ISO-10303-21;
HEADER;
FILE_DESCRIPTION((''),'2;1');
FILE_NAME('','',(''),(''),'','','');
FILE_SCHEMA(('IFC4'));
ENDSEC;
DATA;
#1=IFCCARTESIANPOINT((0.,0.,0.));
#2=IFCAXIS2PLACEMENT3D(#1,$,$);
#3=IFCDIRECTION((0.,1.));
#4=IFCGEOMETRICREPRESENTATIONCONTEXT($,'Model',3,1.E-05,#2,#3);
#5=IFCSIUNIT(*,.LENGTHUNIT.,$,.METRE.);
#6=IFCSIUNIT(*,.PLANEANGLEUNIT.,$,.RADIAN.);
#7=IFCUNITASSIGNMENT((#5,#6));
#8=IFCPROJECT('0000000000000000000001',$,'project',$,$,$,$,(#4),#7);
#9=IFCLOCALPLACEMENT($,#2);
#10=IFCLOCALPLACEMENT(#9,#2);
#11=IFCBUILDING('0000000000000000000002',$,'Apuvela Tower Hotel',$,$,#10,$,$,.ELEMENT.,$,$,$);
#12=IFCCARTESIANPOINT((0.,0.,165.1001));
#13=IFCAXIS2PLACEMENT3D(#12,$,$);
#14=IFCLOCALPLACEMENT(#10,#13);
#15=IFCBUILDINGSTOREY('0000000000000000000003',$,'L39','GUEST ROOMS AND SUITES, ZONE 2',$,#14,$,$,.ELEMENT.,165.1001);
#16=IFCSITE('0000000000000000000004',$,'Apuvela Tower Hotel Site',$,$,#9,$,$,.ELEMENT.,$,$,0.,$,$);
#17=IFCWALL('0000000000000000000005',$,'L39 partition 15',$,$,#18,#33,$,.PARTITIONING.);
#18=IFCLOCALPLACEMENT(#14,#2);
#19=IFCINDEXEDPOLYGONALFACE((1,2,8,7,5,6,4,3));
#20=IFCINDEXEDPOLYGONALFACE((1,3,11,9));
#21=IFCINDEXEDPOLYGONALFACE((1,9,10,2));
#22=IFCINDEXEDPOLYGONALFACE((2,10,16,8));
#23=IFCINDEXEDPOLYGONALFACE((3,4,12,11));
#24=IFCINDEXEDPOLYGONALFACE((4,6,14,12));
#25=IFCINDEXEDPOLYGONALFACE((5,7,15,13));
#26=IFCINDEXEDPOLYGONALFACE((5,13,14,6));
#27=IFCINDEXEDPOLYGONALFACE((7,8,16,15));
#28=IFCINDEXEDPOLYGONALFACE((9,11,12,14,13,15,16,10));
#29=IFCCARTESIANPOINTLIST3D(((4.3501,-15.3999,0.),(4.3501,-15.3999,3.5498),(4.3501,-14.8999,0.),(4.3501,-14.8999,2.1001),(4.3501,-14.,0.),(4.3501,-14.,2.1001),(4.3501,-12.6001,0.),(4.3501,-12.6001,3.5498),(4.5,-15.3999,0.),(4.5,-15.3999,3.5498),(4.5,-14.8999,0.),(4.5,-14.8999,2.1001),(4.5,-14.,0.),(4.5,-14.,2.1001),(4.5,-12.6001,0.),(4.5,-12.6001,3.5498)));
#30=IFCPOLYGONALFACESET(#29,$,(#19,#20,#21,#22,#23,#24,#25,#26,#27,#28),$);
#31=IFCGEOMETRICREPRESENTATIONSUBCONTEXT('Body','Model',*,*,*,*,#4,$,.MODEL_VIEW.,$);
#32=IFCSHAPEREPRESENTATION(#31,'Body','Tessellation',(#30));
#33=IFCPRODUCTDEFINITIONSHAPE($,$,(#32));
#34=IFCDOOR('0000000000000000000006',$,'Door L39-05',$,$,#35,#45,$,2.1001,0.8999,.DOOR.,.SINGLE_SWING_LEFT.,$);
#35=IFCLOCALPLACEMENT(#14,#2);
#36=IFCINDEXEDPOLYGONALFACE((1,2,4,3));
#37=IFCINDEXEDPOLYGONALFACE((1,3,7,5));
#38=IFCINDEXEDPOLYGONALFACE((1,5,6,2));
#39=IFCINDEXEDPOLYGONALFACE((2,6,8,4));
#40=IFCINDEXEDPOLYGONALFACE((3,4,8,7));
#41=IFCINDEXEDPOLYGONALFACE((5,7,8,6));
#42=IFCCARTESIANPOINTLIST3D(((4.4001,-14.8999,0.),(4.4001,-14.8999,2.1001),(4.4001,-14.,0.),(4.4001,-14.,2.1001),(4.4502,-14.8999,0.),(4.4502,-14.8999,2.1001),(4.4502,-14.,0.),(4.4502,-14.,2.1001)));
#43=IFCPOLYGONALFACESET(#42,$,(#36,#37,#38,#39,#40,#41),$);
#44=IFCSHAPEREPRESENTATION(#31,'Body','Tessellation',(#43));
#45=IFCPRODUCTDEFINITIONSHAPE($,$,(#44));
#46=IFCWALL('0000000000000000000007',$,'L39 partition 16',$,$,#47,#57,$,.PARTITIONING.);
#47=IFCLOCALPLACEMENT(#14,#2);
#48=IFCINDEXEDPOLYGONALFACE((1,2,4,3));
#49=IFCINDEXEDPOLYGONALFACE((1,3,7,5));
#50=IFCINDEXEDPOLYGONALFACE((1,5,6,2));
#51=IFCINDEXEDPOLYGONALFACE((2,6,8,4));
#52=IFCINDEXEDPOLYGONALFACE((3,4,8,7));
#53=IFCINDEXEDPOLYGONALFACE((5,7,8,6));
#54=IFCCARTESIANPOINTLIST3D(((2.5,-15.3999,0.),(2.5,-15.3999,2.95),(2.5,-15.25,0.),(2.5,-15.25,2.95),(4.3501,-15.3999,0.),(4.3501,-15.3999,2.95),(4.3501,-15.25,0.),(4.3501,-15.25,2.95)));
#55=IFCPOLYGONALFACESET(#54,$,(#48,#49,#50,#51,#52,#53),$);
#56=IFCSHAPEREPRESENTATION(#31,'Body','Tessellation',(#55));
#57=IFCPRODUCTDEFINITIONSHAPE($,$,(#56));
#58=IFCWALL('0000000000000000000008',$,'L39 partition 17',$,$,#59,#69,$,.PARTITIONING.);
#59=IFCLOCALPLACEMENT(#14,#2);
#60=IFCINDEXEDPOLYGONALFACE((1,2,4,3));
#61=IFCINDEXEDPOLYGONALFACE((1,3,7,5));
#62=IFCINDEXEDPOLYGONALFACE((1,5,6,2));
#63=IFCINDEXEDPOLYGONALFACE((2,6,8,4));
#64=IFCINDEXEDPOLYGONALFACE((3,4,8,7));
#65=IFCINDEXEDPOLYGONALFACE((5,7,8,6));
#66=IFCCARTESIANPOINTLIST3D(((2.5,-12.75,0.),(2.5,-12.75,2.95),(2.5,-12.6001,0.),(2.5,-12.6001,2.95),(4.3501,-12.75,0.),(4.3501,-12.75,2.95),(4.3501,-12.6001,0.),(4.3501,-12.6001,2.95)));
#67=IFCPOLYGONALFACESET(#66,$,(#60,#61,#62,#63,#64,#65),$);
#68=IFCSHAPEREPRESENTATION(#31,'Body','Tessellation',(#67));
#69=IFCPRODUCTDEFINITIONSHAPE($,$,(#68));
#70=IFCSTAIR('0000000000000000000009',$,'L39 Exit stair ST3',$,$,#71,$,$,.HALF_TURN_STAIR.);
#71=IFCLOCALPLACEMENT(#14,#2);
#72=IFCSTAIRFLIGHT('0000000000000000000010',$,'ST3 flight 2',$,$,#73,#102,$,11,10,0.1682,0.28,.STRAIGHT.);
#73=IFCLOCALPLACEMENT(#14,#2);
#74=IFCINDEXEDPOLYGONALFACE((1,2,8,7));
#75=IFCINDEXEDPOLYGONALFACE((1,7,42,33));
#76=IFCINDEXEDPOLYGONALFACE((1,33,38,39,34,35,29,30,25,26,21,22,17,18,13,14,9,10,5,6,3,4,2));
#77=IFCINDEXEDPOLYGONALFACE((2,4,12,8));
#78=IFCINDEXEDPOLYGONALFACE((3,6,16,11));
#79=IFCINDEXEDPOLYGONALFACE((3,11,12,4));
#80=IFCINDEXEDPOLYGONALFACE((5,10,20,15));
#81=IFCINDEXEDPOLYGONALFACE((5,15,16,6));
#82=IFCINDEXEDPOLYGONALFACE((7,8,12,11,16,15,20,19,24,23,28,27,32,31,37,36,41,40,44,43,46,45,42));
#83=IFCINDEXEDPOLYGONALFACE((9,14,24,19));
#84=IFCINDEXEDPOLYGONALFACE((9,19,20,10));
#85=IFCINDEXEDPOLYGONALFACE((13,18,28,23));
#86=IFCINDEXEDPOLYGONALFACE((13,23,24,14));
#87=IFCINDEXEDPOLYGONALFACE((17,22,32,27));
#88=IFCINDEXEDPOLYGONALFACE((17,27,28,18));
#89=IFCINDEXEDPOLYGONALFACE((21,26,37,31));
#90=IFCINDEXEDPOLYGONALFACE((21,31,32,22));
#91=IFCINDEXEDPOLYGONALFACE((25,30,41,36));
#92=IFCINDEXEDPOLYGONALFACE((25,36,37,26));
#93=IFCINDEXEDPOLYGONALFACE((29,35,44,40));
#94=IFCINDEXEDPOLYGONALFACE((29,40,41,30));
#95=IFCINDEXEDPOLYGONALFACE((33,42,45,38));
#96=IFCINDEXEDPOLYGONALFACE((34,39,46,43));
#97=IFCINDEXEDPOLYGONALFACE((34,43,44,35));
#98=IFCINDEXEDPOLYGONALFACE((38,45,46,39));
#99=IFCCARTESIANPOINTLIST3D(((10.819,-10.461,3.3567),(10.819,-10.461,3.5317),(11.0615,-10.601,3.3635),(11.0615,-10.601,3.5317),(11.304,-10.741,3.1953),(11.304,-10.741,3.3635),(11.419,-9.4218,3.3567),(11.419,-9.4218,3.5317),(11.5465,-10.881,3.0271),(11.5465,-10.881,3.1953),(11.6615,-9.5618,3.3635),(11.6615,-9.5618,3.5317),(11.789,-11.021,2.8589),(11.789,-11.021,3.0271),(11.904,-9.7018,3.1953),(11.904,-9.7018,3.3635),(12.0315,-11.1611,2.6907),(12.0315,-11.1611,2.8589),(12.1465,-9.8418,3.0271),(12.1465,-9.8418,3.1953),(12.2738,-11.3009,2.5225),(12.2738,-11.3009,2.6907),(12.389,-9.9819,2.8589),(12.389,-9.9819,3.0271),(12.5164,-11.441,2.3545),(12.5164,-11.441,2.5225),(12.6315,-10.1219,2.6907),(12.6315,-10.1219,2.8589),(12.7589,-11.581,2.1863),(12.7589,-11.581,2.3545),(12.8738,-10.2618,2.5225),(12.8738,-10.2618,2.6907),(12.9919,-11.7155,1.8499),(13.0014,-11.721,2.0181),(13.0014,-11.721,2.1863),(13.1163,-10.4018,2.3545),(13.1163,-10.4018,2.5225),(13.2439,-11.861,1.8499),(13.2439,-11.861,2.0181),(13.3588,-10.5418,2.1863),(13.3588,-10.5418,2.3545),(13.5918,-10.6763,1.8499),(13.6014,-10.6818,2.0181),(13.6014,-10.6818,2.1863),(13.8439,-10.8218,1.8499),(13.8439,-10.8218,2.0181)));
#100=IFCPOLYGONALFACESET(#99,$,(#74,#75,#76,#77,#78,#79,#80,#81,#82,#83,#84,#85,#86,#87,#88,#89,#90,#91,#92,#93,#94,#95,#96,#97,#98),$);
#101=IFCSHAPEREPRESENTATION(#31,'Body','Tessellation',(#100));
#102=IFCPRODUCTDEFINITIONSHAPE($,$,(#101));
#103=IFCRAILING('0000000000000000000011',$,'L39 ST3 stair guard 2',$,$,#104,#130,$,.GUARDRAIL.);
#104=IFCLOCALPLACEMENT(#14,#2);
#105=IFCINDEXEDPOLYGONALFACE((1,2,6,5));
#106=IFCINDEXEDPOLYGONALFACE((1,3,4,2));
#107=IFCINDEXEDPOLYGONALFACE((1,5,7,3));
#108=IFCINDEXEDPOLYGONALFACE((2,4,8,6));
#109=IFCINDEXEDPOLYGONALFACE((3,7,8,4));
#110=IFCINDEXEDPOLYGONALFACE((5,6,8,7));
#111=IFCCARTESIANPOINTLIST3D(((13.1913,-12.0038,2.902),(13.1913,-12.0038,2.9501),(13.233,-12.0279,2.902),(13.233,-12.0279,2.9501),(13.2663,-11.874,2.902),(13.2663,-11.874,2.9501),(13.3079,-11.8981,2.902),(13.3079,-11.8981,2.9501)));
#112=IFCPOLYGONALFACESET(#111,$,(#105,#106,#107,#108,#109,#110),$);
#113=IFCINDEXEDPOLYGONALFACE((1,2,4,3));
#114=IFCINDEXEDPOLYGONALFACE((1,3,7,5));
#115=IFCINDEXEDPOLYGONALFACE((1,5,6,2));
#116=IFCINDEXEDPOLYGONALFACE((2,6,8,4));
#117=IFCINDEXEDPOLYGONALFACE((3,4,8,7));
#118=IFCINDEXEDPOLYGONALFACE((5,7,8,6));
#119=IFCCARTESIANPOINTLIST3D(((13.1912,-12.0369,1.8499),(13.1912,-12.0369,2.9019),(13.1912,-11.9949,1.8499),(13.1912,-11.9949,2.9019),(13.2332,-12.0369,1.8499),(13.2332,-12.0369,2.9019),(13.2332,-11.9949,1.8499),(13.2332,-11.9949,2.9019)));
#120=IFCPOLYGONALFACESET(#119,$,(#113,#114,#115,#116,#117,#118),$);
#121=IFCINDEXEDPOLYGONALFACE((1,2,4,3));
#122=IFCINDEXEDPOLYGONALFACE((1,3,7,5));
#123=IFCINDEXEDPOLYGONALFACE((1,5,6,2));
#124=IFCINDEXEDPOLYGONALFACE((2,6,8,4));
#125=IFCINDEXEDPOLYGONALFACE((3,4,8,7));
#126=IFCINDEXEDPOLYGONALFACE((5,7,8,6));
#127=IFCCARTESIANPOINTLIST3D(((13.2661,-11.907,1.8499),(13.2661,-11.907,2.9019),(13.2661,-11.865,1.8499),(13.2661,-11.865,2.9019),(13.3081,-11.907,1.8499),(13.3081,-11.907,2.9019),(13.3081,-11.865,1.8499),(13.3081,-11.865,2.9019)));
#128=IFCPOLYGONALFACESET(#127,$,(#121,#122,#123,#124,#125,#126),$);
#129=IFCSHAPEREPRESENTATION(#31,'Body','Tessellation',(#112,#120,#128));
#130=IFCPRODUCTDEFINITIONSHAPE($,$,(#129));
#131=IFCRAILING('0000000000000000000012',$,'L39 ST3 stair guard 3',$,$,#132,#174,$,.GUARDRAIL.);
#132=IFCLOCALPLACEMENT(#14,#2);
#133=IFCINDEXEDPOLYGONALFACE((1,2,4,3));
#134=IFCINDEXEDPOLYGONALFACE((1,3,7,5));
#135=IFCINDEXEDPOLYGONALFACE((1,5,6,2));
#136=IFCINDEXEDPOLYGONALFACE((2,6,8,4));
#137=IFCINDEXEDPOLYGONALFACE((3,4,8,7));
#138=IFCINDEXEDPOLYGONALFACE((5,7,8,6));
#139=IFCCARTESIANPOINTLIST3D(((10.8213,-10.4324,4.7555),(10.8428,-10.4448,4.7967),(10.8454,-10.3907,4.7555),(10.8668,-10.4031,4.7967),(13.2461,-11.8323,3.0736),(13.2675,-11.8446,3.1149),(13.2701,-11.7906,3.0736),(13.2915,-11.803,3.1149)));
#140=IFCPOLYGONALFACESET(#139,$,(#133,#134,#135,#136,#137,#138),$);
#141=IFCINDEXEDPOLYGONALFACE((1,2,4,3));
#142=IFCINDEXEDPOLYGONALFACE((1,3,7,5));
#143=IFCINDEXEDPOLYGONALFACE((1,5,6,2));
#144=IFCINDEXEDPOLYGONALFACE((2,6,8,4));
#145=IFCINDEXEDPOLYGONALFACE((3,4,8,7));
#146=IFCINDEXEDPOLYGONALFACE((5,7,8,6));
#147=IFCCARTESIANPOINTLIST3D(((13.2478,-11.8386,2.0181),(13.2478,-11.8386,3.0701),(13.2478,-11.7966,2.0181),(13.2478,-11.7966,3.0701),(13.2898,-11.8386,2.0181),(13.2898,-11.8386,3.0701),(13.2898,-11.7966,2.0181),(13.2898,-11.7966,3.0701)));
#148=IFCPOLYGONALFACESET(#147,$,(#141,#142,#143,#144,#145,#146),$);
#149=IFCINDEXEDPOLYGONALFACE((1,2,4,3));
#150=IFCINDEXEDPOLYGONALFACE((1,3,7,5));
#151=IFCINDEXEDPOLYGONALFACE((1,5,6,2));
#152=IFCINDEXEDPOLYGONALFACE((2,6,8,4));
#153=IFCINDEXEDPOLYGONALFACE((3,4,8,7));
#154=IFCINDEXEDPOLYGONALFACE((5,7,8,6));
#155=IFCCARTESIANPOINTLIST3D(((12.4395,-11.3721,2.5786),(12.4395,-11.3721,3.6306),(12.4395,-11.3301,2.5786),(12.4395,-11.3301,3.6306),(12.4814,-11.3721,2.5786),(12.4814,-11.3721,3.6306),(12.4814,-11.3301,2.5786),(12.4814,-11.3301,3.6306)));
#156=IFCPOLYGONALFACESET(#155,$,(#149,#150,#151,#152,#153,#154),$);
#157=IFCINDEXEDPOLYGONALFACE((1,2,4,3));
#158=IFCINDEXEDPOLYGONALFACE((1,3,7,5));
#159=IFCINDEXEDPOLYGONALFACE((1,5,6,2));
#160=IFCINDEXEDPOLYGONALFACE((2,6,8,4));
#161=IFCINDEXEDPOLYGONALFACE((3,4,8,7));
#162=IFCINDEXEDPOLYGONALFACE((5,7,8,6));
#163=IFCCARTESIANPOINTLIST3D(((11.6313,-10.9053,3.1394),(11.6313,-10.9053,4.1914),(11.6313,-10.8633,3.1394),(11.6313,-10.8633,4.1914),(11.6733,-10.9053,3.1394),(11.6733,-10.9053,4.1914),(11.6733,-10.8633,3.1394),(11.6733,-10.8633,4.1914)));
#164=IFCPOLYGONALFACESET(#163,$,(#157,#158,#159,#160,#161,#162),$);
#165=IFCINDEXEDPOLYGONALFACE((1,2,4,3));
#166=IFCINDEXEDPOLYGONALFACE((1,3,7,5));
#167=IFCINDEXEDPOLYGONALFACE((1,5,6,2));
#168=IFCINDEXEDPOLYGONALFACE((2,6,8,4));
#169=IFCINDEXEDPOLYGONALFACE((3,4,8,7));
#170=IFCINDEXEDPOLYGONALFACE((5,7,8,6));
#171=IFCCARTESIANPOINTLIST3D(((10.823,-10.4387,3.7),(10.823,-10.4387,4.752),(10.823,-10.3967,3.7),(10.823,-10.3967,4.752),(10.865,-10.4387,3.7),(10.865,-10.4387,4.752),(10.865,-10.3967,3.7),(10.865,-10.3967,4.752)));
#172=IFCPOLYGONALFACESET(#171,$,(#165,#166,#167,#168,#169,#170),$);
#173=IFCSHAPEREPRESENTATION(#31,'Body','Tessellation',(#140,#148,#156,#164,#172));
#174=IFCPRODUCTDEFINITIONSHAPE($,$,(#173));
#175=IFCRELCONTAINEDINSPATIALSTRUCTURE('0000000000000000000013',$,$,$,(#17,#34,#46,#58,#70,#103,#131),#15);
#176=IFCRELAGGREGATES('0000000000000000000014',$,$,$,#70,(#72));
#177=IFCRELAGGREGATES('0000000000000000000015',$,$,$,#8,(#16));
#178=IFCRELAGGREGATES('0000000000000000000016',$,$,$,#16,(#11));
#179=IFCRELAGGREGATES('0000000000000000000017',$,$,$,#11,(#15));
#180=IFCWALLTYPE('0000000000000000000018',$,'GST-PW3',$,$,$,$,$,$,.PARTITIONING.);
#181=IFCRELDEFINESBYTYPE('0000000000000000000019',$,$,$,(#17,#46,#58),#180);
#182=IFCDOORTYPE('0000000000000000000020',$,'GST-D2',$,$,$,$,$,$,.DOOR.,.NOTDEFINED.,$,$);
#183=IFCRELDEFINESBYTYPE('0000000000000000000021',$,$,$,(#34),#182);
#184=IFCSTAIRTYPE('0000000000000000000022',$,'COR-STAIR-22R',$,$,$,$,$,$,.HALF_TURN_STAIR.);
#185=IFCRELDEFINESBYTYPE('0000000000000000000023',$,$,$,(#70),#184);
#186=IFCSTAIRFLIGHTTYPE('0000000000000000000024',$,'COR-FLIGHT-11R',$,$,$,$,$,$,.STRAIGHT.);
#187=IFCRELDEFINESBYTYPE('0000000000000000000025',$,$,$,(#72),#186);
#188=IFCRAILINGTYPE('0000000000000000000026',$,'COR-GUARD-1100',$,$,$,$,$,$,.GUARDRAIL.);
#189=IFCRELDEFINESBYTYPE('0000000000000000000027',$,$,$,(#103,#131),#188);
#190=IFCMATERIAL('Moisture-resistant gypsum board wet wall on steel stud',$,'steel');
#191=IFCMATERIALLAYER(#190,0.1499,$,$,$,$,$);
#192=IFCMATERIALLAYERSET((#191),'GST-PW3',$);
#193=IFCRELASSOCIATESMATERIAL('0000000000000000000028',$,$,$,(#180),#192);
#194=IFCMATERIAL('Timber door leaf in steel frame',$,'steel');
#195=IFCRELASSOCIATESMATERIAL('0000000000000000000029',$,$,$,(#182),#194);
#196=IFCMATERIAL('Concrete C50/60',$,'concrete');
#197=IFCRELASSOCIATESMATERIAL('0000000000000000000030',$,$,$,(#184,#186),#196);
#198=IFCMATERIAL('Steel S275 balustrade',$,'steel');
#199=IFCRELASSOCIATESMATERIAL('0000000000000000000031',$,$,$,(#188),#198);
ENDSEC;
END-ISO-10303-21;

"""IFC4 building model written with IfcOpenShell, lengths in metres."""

from ifc_helpers import new_model, si_unit, direction, frame, frame_2d, origin, origin_2d, place, context, subcontext, project, spatial, polyline, rectangle, outline, extrude, material, layer, layer_set, type_object, element, fill, aggregate, save


model = new_model("IFC4")

# Units and contexts
model_context = context("Model", 3, precision=1e-05, world=origin(), true_north=direction((0.0, 1.0)))
body_context = subcontext(model_context, "Body", "Model", "MODEL_VIEW")
ifc_project = project(units=[si_unit("LENGTHUNIT", "METRE"), si_unit("PLANEANGLEUNIT", "RADIAN")], contexts=[model_context])

# Site, building, storey
site_placement = place(None, origin())
site = spatial("IfcSite", under=ifc_project, at=site_placement, Name="Apuvela Tower Hotel Site", CompositionType="ELEMENT", RefElevation=0.0)
building_placement = place(site_placement, origin())
building = spatial("IfcBuilding", under=site, at=building_placement, Name="Apuvela Tower Hotel", CompositionType="ELEMENT")
storey_placement = place(building_placement, frame((0.0, 0.0, 165.1001)))
storey = spatial("IfcBuildingStorey", under=building, at=storey_placement, Name="L39", Description="GUEST ROOMS AND SUITES, ZONE 2", CompositionType="ELEMENT", Elevation=165.1001)

# Wall, opening, door
ifc_material_1 = material(Name="Moisture-resistant gypsum board wet wall on steel stud", Category="steel")
ifc_layer_1 = layer(ifc_material_1, 0.1499)
ifc_layer_set_1 = layer_set([ifc_layer_1], Name="GST-PW3")
wall_type_1 = type_object("IfcWallType", Name="GST-PW3", PredefinedType="PARTITIONING", material=ifc_layer_set_1)
wall_1_placement = place(storey_placement, frame((4.425, -15.3999, 0.0), z_axis=(0.0, 0.0, 1.0), x_axis=(0.0, 1.0, 0.0)))
wall_1 = element("IfcWall", 1, at=wall_1_placement, inside=storey, type_object=wall_type_1, Name="L39 partition 15", PredefinedType="PARTITIONING", context=body_context, shape_type="SweptSolid", body=[
    extrude(rectangle(XDim=2.7998, YDim=0.1499, at=frame_2d((1.3999, 0.0))), origin(), (0.0, 0.0, 1.0), 3.5498),
])
opening_1_placement = place(wall_1_placement, frame((0.5, 0.0, 0.0)))
opening_1 = element("IfcOpeningElement", 2, at=opening_1_placement, cuts=wall_1, PredefinedType="OPENING", context=body_context, shape_type="SweptSolid", body=[
    extrude(rectangle(XDim=0.8999, YDim=2.1001, at=frame_2d((0.45, 1.05))), frame((0.0, 0.085, 0.0), z_axis=(0.0, -1.0, 0.0), x_axis=(1.0, 0.0, 0.0)), (0.0, 0.0, 1.0), 0.1699),
])
ifc_material_2 = material(Name="Timber door leaf in steel frame", Category="steel")
door_type_1 = type_object("IfcDoorType", Name="GST-D2", OperationType="NOTDEFINED", PredefinedType="DOOR", material=ifc_material_2)
door_1_placement = place(opening_1_placement, origin())
door_1 = element("IfcDoor", 3, at=door_1_placement, inside=storey, type_object=door_type_1, Name="Door L39-05", OperationType="SINGLE_SWING_LEFT", OverallHeight=2.1001, OverallWidth=0.8999, PredefinedType="DOOR", context=body_context, shape_type="SweptSolid", body=[
    extrude(rectangle(XDim=0.8999, YDim=2.1001, at=frame_2d((0.45, 1.05))), frame((0.0, 0.0249, 0.0), z_axis=(0.0, -1.0, 0.0), x_axis=(1.0, 0.0, 0.0)), (0.0, 0.0, 1.0), 0.05),
])
fill(opening_1, door_1)

# Walls
for number, where, z_axis, x_axis, name in (
    (4, (2.5, -15.325, 0.0), (0.0, 0.0, 1.0), (1.0, 0.0, 0.0), "L39 partition 16"),
    (5, (2.5, -12.675, 0.0), (0.0, 0.0, 1.0), (1.0, 0.0, 0.0), "L39 partition 17"),
):
    element("IfcWall", number, at=place(storey_placement, frame(where, z_axis=z_axis, x_axis=x_axis)), inside=storey, type_object=wall_type_1, Name=name, PredefinedType="PARTITIONING", context=body_context, shape_type="SweptSolid", body=[
        extrude(rectangle(XDim=1.8501, YDim=0.1499, at=frame_2d((0.925, 0.0))), origin(), (0.0, 0.0, 1.0), 2.95),
    ])

# Stair, stair flight
ifc_material_3 = material(Name="Concrete C50/60", Category="concrete")
stair_type = type_object("IfcStairType", Name="COR-STAIR-22R", PredefinedType="HALF_TURN_STAIR", material=ifc_material_3)
stair_placement = place(storey_placement, origin())
stair = element("IfcStair", 6, at=stair_placement, inside=storey, type_object=stair_type, Name="L39 Exit stair ST3", PredefinedType="HALF_TURN_STAIR")
stair_flight_type = type_object("IfcStairFlightType", Name="COR-FLIGHT-11R", PredefinedType="STRAIGHT", material=ifc_material_3)
stair_flight_placement = place(storey_placement, frame((13.5439, -11.3413, 1.8499), z_axis=(0.0, 0.0, 1.0), x_axis=(-0.866025, 0.5, 0.0)))
stair_flight = element("IfcStairFlight", 7, at=stair_flight_placement, type_object=stair_flight_type, Name="ST3 flight 2", NumberOfRisers=11, NumberOfTreads=10, PredefinedType="STRAIGHT", RiserHeight=0.1682, TreadLength=0.28, context=body_context, shape_type="SweptSolid", body=[
    extrude(outline(polyline([(0.0, 0.0), (0.0, 0.1682), (0.28, 0.1682), (0.28, 0.3364), (0.5601, 0.3364), (0.5601, 0.5046), (0.8401, 0.5046), (0.8401, 0.6726), (1.1201, 0.6726), (1.1201, 0.8408), (1.3999, 0.8408), (1.3999, 1.009), (1.6799, 1.009), (1.6799, 1.1772), (1.96, 1.1772), (1.96, 1.3455), (2.24, 1.3455), (2.24, 1.5137), (2.52, 1.5137), (2.52, 1.6819), (2.8, 1.6819), (2.8, 1.8501), (2.8, 1.5068), (0.291, 0.0), (0.0, 0.0)])), frame((0.0, 0.6001, 0.0), z_axis=(0.0, -1.0, 0.0), x_axis=(1.0, 0.0, 0.0)), (0.0, 0.0, 1.0), 1.2),
])
aggregate(stair, [stair_flight])

# Railings
ifc_material_4 = material(Name="Steel S275 balustrade", Category="steel")
railing_type_1 = type_object("IfcRailingType", Name="COR-GUARD-1100", PredefinedType="GUARDRAIL", material=ifc_material_4)
railing_1_placement = place(storey_placement, frame((13.2122, -12.0159, 1.8499)))
element("IfcRailing", 8, at=railing_1_placement, inside=storey, type_object=railing_type_1, Name="L39 ST3 stair guard 2", PredefinedType="GUARDRAIL", context=body_context, shape_type="SweptSolid", body=[
    extrude(rectangle(XDim=0.0481, YDim=0.0481, at=origin_2d()), frame((0.0, 0.0, 1.0762), z_axis=(0.499816, 0.866131, 0.0), x_axis=(-0.866131, 0.499816, 0.0)), (0.0, 0.0, 1.0), 0.1499),
    extrude(rectangle(XDim=0.042, YDim=0.042, at=origin_2d()), origin(), (0.0, 0.0, 1.0), 1.052),
    extrude(rectangle(XDim=0.042, YDim=0.042, at=origin_2d()), frame((0.075, 0.1299, 0.0)), (0.0, 0.0, 1.0), 1.052),
])
railing_2_placement = place(storey_placement, frame((13.2688, -11.8176, 2.0181)))
element("IfcRailing", 9, at=railing_2_placement, inside=storey, type_object=railing_type_1, Name="L39 ST3 stair guard 3", PredefinedType="GUARDRAIL", context=body_context, shape_type="SweptSolid", body=[
    extrude(rectangle(XDim=0.0481, YDim=0.0481, at=origin_2d()), frame((0.0, 0.0, 1.0762), z_axis=(-0.74239, 0.428601, 0.514934), x_axis=(-0.499984, -0.866035, 0.0)), (0.0, 0.0, 1.0), 3.2661),
    extrude(rectangle(XDim=0.042, YDim=0.042, at=origin_2d()), origin(), (0.0, 0.0, 1.0), 1.052),
    extrude(rectangle(XDim=0.042, YDim=0.042, at=origin_2d()), frame((-0.8083, 0.4666, 0.5605)), (0.0, 0.0, 1.0), 1.052),
    extrude(rectangle(XDim=0.042, YDim=0.042, at=origin_2d()), frame((-1.6165, 0.9333, 1.1213)), (0.0, 0.0, 1.0), 1.052),
    extrude(rectangle(XDim=0.042, YDim=0.042, at=origin_2d()), frame((-2.4248, 1.3999, 1.6819)), (0.0, 0.0, 1.0), 1.052),
])

save(model, "model.ifc")
